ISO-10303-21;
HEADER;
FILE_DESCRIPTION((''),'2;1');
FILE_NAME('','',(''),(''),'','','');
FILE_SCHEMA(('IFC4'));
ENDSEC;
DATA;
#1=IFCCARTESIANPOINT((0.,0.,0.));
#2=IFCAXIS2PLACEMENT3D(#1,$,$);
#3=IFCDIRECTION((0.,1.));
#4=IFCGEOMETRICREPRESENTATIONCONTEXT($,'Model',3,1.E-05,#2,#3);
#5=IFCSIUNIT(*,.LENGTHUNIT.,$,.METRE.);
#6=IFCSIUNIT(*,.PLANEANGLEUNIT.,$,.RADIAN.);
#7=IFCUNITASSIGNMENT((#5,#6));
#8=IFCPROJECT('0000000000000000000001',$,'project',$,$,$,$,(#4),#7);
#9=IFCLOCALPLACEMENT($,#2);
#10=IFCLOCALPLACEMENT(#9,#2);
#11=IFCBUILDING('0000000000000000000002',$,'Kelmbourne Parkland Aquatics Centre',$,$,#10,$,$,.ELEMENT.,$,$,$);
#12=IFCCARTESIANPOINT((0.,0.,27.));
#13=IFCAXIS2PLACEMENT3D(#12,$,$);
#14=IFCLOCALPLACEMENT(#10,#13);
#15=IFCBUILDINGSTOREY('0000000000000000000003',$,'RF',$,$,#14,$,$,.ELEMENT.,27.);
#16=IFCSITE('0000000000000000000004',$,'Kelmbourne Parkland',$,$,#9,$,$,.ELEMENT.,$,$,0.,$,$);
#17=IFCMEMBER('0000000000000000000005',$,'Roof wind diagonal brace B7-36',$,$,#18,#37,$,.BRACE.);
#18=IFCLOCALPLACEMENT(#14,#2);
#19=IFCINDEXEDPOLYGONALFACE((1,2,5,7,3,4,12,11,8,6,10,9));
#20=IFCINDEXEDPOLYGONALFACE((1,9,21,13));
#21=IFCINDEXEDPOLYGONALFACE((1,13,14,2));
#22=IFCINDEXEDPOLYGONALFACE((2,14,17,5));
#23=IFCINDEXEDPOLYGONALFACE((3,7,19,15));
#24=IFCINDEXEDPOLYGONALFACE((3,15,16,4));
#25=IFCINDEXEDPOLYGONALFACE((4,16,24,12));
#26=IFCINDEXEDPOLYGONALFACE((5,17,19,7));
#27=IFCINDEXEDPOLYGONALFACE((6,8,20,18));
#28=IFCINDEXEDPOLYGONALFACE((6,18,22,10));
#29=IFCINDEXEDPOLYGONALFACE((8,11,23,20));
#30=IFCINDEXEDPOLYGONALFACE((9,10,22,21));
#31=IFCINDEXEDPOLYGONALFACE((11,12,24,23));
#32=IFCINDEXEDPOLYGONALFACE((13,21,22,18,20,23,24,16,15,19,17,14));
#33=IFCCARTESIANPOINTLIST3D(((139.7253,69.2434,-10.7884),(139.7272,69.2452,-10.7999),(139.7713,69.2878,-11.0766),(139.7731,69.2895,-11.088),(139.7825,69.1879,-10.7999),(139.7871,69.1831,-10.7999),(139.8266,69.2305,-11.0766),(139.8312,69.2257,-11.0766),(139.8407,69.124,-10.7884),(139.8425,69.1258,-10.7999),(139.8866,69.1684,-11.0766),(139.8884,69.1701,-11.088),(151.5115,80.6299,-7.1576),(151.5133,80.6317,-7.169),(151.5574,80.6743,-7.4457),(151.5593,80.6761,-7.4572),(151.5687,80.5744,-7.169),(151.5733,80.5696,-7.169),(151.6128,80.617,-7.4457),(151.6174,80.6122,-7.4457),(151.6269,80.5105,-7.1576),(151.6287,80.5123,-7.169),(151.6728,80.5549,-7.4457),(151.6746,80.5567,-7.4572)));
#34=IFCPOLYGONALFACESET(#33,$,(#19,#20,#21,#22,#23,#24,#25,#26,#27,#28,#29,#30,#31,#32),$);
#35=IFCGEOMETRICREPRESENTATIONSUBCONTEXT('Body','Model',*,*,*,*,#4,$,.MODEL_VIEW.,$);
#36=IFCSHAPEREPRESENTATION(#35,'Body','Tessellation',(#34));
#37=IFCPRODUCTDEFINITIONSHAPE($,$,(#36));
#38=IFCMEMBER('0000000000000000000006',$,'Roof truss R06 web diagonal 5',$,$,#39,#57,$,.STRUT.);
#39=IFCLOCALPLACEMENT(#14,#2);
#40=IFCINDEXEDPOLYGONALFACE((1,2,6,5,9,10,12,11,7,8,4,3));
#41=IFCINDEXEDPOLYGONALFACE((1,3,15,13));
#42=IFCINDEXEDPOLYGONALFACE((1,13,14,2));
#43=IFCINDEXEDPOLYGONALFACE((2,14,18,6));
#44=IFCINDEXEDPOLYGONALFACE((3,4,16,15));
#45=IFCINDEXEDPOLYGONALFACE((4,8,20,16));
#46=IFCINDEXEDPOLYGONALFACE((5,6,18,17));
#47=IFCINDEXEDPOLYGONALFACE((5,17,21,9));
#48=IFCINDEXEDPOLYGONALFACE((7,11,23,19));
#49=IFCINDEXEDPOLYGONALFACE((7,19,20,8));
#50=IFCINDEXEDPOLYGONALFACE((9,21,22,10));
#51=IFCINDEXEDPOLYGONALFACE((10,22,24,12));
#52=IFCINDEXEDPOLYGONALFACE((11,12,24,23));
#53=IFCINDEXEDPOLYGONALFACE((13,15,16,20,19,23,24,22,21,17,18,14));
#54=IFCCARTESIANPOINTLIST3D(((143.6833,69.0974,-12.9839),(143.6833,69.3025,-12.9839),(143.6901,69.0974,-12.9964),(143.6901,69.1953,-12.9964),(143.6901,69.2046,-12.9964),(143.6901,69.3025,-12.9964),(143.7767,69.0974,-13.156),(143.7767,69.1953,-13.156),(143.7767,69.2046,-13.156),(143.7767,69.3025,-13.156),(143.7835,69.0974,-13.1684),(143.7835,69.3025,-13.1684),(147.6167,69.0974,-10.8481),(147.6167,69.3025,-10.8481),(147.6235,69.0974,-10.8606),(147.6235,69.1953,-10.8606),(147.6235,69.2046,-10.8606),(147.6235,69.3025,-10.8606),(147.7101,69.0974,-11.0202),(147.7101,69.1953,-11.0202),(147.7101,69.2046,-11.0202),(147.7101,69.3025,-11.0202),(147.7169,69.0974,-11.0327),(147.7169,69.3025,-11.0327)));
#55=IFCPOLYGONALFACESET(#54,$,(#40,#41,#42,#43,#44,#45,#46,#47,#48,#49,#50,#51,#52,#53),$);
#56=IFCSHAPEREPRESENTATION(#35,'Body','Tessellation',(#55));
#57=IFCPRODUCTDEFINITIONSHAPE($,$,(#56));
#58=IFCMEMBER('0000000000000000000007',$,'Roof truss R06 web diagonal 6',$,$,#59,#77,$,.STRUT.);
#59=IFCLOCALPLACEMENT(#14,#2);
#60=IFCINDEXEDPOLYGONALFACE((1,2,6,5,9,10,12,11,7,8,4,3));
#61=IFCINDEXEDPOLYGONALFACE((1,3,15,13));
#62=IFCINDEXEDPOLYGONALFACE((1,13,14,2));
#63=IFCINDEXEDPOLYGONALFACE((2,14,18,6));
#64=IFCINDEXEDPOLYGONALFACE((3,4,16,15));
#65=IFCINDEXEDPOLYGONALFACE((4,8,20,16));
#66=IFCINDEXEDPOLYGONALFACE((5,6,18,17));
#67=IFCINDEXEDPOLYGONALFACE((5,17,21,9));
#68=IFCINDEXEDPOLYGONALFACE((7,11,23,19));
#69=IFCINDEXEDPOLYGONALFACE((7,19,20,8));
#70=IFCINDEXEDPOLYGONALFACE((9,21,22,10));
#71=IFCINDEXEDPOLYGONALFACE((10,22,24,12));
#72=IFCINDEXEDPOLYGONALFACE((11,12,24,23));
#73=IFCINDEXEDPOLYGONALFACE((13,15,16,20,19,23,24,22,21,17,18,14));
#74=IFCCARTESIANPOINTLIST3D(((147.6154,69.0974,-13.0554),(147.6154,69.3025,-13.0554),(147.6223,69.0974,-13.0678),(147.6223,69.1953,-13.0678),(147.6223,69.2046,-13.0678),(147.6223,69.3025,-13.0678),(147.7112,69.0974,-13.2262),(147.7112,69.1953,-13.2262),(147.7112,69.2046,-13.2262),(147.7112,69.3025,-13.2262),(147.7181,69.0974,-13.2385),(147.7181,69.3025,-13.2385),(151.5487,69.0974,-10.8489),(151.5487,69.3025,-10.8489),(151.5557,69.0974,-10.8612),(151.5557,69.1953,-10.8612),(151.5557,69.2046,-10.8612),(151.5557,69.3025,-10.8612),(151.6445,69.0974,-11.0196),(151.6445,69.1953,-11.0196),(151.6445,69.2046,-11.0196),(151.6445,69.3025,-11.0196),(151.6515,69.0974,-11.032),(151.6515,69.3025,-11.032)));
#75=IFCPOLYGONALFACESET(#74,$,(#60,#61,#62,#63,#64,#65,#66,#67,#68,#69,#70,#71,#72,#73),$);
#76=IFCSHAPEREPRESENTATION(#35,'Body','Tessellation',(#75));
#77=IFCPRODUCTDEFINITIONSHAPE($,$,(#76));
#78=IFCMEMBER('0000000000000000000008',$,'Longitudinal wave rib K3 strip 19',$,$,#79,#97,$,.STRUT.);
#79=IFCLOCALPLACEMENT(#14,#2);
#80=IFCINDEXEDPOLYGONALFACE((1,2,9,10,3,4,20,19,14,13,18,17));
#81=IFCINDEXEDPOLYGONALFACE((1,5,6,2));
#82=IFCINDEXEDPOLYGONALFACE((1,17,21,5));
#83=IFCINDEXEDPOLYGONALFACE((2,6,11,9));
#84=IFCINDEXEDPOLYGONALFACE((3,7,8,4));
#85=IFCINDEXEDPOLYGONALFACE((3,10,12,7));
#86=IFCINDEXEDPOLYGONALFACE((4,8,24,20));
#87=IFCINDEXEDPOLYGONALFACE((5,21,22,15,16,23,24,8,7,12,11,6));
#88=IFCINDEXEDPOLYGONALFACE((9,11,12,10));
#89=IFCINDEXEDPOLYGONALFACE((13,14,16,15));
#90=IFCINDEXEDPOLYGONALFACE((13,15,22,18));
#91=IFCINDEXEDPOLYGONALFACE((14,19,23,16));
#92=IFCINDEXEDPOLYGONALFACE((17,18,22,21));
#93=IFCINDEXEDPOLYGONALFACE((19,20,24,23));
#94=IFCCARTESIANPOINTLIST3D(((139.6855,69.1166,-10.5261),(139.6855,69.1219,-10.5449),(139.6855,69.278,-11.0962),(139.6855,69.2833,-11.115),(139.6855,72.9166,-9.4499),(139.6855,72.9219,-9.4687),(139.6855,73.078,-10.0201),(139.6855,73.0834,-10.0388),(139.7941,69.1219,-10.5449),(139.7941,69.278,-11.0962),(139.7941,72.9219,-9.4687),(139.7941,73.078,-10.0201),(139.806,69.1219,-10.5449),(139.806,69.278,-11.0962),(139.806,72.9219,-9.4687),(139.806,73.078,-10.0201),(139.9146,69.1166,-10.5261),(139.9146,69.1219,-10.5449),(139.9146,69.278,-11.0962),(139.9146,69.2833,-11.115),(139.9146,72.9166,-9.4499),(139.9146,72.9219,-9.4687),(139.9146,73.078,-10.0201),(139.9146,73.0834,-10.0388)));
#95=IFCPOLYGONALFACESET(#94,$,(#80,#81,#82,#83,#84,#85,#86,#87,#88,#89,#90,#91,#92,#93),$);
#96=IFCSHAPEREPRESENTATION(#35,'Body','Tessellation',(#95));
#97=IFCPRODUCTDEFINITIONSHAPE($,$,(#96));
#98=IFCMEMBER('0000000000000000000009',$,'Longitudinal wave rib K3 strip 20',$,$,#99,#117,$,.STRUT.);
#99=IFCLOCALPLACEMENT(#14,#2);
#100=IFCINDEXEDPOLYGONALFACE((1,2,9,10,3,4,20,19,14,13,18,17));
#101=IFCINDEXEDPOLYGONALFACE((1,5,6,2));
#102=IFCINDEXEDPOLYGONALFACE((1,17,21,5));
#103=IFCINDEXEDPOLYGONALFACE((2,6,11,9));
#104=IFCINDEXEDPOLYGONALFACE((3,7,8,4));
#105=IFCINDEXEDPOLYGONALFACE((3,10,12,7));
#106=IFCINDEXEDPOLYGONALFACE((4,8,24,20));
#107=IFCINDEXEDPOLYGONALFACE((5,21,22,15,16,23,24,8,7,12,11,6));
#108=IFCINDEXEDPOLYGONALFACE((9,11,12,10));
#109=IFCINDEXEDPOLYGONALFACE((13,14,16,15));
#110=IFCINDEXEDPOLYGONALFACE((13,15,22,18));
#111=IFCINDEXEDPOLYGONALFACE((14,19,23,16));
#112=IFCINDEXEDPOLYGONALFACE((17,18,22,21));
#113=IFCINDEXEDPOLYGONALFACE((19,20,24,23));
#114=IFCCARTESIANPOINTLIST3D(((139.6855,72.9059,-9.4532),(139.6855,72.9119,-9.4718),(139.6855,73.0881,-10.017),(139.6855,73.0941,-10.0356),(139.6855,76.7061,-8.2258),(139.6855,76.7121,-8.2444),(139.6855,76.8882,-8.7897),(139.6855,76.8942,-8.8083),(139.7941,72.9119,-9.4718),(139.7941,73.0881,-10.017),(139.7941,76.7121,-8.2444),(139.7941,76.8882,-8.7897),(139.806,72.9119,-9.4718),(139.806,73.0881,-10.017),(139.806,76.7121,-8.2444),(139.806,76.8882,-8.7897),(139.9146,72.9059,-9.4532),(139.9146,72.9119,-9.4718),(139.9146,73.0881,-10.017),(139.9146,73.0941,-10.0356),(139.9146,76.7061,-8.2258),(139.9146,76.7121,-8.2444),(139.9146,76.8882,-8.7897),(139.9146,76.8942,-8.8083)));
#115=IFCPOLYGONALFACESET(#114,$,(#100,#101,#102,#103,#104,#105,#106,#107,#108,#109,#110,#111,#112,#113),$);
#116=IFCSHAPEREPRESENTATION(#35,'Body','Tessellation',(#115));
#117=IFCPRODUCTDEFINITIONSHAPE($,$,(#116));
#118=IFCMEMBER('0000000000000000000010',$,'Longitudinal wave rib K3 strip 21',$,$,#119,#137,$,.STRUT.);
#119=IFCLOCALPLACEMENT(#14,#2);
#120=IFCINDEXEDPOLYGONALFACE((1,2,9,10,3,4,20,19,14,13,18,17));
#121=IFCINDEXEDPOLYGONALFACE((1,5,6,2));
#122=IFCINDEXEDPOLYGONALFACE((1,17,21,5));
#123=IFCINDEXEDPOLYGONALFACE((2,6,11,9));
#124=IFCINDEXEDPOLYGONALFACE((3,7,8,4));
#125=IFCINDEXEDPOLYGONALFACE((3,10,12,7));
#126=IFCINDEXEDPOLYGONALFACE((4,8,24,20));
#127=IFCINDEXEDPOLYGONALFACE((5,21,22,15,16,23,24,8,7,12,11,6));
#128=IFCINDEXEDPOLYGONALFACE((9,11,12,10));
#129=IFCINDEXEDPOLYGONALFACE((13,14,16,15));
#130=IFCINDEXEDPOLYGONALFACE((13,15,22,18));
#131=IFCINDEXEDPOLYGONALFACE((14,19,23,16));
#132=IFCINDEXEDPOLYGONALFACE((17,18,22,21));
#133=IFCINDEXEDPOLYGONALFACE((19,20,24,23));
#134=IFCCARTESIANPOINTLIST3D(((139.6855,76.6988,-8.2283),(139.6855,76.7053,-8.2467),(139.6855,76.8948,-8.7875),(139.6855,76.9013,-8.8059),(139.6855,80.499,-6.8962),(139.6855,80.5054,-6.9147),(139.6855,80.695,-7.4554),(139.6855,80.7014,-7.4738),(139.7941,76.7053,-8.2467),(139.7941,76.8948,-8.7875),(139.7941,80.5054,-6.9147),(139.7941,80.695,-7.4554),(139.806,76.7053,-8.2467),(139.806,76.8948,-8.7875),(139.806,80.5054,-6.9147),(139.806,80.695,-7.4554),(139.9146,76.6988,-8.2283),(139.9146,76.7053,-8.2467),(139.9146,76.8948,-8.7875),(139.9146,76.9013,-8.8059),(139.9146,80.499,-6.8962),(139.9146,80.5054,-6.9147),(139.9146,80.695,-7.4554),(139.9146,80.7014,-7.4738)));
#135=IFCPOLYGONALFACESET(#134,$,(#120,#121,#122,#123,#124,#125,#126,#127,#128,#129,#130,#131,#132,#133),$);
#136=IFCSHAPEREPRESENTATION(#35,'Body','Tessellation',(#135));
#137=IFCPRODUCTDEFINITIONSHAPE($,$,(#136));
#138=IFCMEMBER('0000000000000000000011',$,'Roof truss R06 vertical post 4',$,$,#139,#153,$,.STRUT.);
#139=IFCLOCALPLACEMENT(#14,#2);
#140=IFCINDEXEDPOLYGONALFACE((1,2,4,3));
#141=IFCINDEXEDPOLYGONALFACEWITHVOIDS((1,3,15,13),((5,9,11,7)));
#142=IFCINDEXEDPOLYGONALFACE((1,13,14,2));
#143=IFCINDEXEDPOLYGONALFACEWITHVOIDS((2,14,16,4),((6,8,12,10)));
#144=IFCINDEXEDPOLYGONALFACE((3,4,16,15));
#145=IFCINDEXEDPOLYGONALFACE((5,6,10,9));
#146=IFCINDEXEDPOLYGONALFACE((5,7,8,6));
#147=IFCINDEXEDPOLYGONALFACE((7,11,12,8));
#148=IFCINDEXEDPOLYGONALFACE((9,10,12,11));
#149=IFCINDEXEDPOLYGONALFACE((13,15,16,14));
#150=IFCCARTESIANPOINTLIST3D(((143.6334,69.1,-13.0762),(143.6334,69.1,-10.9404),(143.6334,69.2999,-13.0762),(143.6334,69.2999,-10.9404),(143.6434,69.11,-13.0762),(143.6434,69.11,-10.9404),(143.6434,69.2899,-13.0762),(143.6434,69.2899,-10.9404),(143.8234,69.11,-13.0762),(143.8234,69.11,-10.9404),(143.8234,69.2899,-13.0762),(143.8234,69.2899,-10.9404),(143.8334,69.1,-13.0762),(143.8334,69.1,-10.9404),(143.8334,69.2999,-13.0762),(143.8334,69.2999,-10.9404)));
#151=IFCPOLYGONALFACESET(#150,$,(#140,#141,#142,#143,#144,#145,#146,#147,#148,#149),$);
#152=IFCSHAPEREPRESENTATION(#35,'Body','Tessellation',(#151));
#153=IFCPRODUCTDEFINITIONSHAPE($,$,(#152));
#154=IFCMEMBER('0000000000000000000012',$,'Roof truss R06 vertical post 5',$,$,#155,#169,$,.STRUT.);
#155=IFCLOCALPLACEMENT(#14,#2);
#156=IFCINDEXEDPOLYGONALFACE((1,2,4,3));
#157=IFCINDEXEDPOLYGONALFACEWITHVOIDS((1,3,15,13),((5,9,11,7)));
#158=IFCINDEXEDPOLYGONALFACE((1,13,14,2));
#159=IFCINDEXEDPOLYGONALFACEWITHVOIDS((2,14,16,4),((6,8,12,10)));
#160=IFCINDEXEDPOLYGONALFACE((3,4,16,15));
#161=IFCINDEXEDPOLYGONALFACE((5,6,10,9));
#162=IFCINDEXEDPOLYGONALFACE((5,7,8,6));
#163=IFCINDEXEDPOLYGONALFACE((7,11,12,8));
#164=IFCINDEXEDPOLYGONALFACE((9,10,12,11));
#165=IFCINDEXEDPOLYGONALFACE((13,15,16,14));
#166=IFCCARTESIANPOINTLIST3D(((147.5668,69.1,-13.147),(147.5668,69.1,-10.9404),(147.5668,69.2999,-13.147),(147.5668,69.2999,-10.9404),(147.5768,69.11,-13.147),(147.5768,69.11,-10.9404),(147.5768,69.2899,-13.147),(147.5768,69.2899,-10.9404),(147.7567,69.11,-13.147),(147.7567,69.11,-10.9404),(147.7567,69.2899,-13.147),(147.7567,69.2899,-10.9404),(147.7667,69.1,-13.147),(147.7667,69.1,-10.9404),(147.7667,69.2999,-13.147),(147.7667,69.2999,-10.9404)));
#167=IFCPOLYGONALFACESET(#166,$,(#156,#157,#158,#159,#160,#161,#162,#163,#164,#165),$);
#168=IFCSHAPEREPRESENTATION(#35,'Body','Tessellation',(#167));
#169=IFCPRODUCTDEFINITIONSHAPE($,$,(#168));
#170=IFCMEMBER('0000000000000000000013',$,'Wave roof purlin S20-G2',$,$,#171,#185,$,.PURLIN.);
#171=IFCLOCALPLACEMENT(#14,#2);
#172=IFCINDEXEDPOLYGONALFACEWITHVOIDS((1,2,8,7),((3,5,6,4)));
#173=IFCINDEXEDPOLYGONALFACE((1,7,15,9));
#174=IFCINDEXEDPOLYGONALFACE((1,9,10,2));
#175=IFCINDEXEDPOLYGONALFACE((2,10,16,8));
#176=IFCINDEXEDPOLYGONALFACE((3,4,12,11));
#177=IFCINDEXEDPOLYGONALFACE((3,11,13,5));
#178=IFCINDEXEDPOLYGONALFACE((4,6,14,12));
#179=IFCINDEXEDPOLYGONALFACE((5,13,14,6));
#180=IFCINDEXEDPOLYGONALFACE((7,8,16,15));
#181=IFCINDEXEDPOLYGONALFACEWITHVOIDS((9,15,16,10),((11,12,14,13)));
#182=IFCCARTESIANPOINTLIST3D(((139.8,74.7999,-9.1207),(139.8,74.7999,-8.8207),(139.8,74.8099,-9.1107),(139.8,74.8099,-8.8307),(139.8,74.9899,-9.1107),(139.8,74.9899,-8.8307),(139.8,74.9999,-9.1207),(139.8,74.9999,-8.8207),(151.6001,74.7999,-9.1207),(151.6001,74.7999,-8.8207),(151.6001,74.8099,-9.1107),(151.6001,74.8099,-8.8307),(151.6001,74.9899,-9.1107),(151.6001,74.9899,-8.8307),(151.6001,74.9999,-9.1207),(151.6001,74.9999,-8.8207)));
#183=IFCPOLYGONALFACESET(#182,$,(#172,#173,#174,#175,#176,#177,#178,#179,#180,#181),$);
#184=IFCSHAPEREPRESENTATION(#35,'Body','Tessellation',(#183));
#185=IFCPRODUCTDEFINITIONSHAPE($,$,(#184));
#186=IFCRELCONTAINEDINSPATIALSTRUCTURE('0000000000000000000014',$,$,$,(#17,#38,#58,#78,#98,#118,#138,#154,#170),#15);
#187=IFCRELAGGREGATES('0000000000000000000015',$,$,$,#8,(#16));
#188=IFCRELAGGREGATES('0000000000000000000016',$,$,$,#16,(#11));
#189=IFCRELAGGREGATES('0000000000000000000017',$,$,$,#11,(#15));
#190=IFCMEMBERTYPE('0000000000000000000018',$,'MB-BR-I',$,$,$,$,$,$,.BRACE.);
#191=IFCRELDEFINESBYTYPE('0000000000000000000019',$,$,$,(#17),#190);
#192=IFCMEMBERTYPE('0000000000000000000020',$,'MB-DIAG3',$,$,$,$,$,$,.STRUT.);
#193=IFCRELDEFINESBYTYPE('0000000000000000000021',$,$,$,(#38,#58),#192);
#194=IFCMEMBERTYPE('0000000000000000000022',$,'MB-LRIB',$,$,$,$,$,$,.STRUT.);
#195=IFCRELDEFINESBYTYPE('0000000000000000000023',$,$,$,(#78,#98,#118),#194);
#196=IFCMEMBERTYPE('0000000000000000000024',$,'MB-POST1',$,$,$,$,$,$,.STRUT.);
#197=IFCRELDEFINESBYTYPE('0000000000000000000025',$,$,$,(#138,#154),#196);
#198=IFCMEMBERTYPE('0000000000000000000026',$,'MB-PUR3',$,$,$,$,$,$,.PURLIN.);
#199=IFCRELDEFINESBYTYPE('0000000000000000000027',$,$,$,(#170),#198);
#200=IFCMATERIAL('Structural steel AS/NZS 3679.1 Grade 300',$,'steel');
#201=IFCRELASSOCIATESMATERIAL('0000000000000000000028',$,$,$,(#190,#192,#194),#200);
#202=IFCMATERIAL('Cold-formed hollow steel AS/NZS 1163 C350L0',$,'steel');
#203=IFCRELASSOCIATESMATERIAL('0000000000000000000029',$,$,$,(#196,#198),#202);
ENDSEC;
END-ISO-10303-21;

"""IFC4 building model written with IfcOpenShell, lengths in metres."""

from ifc_helpers import new_model, si_unit, direction, frame, origin, origin_2d, place, context, subcontext, project, spatial, hollow_rectangle, i_section, extrude, material, material_profile, profile_set, type_object, element, save


model = new_model("IFC4")

# Units and contexts
model_context = context("Model", 3, precision=1e-05, world=origin(), true_north=direction((0.0, 1.0)))
body_context = subcontext(model_context, "Body", "Model", "MODEL_VIEW")
ifc_project = project(units=[si_unit("LENGTHUNIT", "METRE"), si_unit("PLANEANGLEUNIT", "RADIAN")], contexts=[model_context])

# Site, building, storey
site_placement = place(None, origin())
site = spatial("IfcSite", under=ifc_project, at=site_placement, Name="Kelmbourne Parkland", CompositionType="ELEMENT", RefElevation=0.0)
building_placement = place(site_placement, origin())
building = spatial("IfcBuilding", under=site, at=building_placement, Name="Kelmbourne Parkland Aquatics Centre", CompositionType="ELEMENT")
storey_placement = place(building_placement, frame((0.0, 0.0, 27.0)))
storey = spatial("IfcBuildingStorey", under=building, at=storey_placement, Name="RF", CompositionType="ELEMENT", Elevation=27.0)

# Members
ifc_material_1 = material(Name="Structural steel AS/NZS 3679.1 Grade 300", Category="steel")
ifc_material_profile_1 = material_profile(ifc_material_1, i_section(OverallWidth=0.166, OverallDepth=0.3069, WebThickness=0.0066, FlangeThickness=0.0117, at=origin_2d()), Name="310UB46.2")
ifc_profile_set_1 = profile_set([ifc_material_profile_1], Name="Structural steel AS/NZS 3679.1 Grade 300")
member_type_1 = type_object("IfcMemberType", Name="MB-BR-I", PredefinedType="BRACE", material=ifc_profile_set_1)
member_1_placement = place(storey_placement, frame((139.8069, 69.2068, -10.9382), z_axis=(0.702168, 0.678358, 0.216311), x_axis=(-0.694808, 0.719195, 0.0)))
element("IfcMember", 1, at=member_1_placement, inside=storey, type_object=member_type_1, Name="Roof wind diagonal brace B7-36", PredefinedType="BRACE", context=body_context, shape_type="SweptSolid", body=[
    extrude(i_section(OverallWidth=0.166, OverallDepth=0.3069, WebThickness=0.0066, FlangeThickness=0.0117, at=origin_2d()), origin(), (0.0, 0.0, 1.0), 16.7854),
])
ifc_material_profile_2 = material_profile(ifc_material_1, i_section(OverallWidth=0.2051, OverallDepth=0.21, WebThickness=0.0093, FlangeThickness=0.0142, at=origin_2d()), Name="200UC59.5")
ifc_profile_set_2 = profile_set([ifc_material_profile_2], Name="Structural steel AS/NZS 3679.1 Grade 300")
member_type_2 = type_object("IfcMemberType", Name="MB-DIAG3", PredefinedType="STRUT", material=ifc_profile_set_2)
member_2_placement = place(storey_placement, frame((143.7334, 69.2, -13.0762), z_axis=(0.878807, 0.0, 0.477177), x_axis=(0.0, 1.0, 0.0)))
element("IfcMember", 2, at=member_2_placement, inside=storey, type_object=member_type_2, Name="Roof truss R06 web diagonal 5", PredefinedType="STRUT", context=body_context, shape_type="SweptSolid", body=[
    extrude(i_section(OverallWidth=0.2051, OverallDepth=0.21, WebThickness=0.0093, FlangeThickness=0.0142, at=origin_2d()), origin(), (0.0, 0.0, 1.0), 4.4758),
])
member_3_placement = place(storey_placement, frame((147.6667, 69.2, -13.147), z_axis=(0.87214, 0.0, 0.489256), x_axis=(0.0, 1.0, 0.0)))
element("IfcMember", 3, at=member_3_placement, inside=storey, type_object=member_type_2, Name="Roof truss R06 web diagonal 6", PredefinedType="STRUT", context=body_context, shape_type="SweptSolid", body=[
    extrude(i_section(OverallWidth=0.2051, OverallDepth=0.21, WebThickness=0.0093, FlangeThickness=0.0142, at=origin_2d()), origin(), (0.0, 0.0, 1.0), 4.51),
])
ifc_material_profile_3 = material_profile(ifc_material_1, i_section(OverallWidth=0.229, OverallDepth=0.6121, WebThickness=0.012, FlangeThickness=0.0195, at=origin_2d()), Name="610UB125")
ifc_profile_set_3 = profile_set([ifc_material_profile_3], Name="Structural steel AS/NZS 3679.1 Grade 300")
member_type_3 = type_object("IfcMemberType", Name="MB-LRIB", PredefinedType="STRUT", material=ifc_profile_set_3)
member_4_placement = place(storey_placement, frame((139.8, 69.2, -10.8206), z_axis=(0.0, 0.96216, 0.272483), x_axis=(-1.0, 0.0, 0.0)))
element("IfcMember", 4, at=member_4_placement, inside=storey, type_object=member_type_3, Name="Longitudinal wave rib K3 strip 19", PredefinedType="STRUT", context=body_context, shape_type="SweptSolid", body=[
    extrude(i_section(OverallWidth=0.229, OverallDepth=0.6121, WebThickness=0.012, FlangeThickness=0.0195, at=origin_2d()), origin(), (0.0, 0.0, 1.0), 3.9495),
])
member_5_placement = place(storey_placement, frame((139.8, 73.0, -9.7444), z_axis=(0.0, 0.951601, 0.307337), x_axis=(-1.0, 0.0, 0.0)))
element("IfcMember", 5, at=member_5_placement, inside=storey, type_object=member_type_3, Name="Longitudinal wave rib K3 strip 20", PredefinedType="STRUT", context=body_context, shape_type="SweptSolid", body=[
    extrude(i_section(OverallWidth=0.229, OverallDepth=0.6121, WebThickness=0.012, FlangeThickness=0.0195, at=origin_2d()), origin(), (0.0, 0.0, 1.0), 3.9934),
])
member_6_placement = place(storey_placement, frame((139.8, 76.8, -8.5171), z_axis=(0.0, 0.943702, 0.330796), x_axis=(-1.0, 0.0, 0.0)))
element("IfcMember", 6, at=member_6_placement, inside=storey, type_object=member_type_3, Name="Longitudinal wave rib K3 strip 21", PredefinedType="STRUT", context=body_context, shape_type="SweptSolid", body=[
    extrude(i_section(OverallWidth=0.229, OverallDepth=0.6121, WebThickness=0.012, FlangeThickness=0.0195, at=origin_2d()), origin(), (0.0, 0.0, 1.0), 4.0269),
])
ifc_material_2 = material(Name="Cold-formed hollow steel AS/NZS 1163 C350L0", Category="steel")
ifc_material_profile_4 = material_profile(ifc_material_2, hollow_rectangle(XDim=0.2, YDim=0.2, WallThickness=0.01, at=origin_2d()), Name="SHS 200x200x10.0")
ifc_profile_set_4 = profile_set([ifc_material_profile_4], Name="Cold-formed hollow steel AS/NZS 1163 C350L0")
member_type_4 = type_object("IfcMemberType", Name="MB-POST1", PredefinedType="STRUT", material=ifc_profile_set_4)
member_7_placement = place(storey_placement, frame((143.7334, 69.2, -13.0762), z_axis=(0.0, 0.0, 1.0), x_axis=(1.0, 0.0, 0.0)))
element("IfcMember", 7, at=member_7_placement, inside=storey, type_object=member_type_4, Name="Roof truss R06 vertical post 4", PredefinedType="STRUT", context=body_context, shape_type="SweptSolid", body=[
    extrude(hollow_rectangle(XDim=0.2, YDim=0.2, WallThickness=0.01, at=origin_2d()), origin(), (0.0, 0.0, 1.0), 2.1357),
])
member_8_placement = place(storey_placement, frame((147.6667, 69.2, -13.147), z_axis=(0.0, 0.0, 1.0), x_axis=(1.0, 0.0, 0.0)))
element("IfcMember", 8, at=member_8_placement, inside=storey, type_object=member_type_4, Name="Roof truss R06 vertical post 5", PredefinedType="STRUT", context=body_context, shape_type="SweptSolid", body=[
    extrude(hollow_rectangle(XDim=0.2, YDim=0.2, WallThickness=0.01, at=origin_2d()), origin(), (0.0, 0.0, 1.0), 2.2065),
])
ifc_material_profile_5 = material_profile(ifc_material_2, hollow_rectangle(XDim=0.2, YDim=0.3, WallThickness=0.01, at=origin_2d()), Name="RHS 300x200x10.0")
ifc_profile_set_5 = profile_set([ifc_material_profile_5], Name="Cold-formed hollow steel AS/NZS 1163 C350L0")
member_type_5 = type_object("IfcMemberType", Name="MB-PUR3", PredefinedType="PURLIN", material=ifc_profile_set_5)
member_9_placement = place(storey_placement, frame((139.8, 74.8999, -8.9707), z_axis=(1.0, 0.0, 0.0), x_axis=(0.0, 1.0, 0.0)))
element("IfcMember", 9, at=member_9_placement, inside=storey, type_object=member_type_5, Name="Wave roof purlin S20-G2", PredefinedType="PURLIN", context=body_context, shape_type="SweptSolid", body=[
    extrude(hollow_rectangle(XDim=0.2, YDim=0.3, WallThickness=0.01, at=origin_2d()), origin(), (0.0, 0.0, 1.0), 11.8),
])

save(model, "model.ifc")
